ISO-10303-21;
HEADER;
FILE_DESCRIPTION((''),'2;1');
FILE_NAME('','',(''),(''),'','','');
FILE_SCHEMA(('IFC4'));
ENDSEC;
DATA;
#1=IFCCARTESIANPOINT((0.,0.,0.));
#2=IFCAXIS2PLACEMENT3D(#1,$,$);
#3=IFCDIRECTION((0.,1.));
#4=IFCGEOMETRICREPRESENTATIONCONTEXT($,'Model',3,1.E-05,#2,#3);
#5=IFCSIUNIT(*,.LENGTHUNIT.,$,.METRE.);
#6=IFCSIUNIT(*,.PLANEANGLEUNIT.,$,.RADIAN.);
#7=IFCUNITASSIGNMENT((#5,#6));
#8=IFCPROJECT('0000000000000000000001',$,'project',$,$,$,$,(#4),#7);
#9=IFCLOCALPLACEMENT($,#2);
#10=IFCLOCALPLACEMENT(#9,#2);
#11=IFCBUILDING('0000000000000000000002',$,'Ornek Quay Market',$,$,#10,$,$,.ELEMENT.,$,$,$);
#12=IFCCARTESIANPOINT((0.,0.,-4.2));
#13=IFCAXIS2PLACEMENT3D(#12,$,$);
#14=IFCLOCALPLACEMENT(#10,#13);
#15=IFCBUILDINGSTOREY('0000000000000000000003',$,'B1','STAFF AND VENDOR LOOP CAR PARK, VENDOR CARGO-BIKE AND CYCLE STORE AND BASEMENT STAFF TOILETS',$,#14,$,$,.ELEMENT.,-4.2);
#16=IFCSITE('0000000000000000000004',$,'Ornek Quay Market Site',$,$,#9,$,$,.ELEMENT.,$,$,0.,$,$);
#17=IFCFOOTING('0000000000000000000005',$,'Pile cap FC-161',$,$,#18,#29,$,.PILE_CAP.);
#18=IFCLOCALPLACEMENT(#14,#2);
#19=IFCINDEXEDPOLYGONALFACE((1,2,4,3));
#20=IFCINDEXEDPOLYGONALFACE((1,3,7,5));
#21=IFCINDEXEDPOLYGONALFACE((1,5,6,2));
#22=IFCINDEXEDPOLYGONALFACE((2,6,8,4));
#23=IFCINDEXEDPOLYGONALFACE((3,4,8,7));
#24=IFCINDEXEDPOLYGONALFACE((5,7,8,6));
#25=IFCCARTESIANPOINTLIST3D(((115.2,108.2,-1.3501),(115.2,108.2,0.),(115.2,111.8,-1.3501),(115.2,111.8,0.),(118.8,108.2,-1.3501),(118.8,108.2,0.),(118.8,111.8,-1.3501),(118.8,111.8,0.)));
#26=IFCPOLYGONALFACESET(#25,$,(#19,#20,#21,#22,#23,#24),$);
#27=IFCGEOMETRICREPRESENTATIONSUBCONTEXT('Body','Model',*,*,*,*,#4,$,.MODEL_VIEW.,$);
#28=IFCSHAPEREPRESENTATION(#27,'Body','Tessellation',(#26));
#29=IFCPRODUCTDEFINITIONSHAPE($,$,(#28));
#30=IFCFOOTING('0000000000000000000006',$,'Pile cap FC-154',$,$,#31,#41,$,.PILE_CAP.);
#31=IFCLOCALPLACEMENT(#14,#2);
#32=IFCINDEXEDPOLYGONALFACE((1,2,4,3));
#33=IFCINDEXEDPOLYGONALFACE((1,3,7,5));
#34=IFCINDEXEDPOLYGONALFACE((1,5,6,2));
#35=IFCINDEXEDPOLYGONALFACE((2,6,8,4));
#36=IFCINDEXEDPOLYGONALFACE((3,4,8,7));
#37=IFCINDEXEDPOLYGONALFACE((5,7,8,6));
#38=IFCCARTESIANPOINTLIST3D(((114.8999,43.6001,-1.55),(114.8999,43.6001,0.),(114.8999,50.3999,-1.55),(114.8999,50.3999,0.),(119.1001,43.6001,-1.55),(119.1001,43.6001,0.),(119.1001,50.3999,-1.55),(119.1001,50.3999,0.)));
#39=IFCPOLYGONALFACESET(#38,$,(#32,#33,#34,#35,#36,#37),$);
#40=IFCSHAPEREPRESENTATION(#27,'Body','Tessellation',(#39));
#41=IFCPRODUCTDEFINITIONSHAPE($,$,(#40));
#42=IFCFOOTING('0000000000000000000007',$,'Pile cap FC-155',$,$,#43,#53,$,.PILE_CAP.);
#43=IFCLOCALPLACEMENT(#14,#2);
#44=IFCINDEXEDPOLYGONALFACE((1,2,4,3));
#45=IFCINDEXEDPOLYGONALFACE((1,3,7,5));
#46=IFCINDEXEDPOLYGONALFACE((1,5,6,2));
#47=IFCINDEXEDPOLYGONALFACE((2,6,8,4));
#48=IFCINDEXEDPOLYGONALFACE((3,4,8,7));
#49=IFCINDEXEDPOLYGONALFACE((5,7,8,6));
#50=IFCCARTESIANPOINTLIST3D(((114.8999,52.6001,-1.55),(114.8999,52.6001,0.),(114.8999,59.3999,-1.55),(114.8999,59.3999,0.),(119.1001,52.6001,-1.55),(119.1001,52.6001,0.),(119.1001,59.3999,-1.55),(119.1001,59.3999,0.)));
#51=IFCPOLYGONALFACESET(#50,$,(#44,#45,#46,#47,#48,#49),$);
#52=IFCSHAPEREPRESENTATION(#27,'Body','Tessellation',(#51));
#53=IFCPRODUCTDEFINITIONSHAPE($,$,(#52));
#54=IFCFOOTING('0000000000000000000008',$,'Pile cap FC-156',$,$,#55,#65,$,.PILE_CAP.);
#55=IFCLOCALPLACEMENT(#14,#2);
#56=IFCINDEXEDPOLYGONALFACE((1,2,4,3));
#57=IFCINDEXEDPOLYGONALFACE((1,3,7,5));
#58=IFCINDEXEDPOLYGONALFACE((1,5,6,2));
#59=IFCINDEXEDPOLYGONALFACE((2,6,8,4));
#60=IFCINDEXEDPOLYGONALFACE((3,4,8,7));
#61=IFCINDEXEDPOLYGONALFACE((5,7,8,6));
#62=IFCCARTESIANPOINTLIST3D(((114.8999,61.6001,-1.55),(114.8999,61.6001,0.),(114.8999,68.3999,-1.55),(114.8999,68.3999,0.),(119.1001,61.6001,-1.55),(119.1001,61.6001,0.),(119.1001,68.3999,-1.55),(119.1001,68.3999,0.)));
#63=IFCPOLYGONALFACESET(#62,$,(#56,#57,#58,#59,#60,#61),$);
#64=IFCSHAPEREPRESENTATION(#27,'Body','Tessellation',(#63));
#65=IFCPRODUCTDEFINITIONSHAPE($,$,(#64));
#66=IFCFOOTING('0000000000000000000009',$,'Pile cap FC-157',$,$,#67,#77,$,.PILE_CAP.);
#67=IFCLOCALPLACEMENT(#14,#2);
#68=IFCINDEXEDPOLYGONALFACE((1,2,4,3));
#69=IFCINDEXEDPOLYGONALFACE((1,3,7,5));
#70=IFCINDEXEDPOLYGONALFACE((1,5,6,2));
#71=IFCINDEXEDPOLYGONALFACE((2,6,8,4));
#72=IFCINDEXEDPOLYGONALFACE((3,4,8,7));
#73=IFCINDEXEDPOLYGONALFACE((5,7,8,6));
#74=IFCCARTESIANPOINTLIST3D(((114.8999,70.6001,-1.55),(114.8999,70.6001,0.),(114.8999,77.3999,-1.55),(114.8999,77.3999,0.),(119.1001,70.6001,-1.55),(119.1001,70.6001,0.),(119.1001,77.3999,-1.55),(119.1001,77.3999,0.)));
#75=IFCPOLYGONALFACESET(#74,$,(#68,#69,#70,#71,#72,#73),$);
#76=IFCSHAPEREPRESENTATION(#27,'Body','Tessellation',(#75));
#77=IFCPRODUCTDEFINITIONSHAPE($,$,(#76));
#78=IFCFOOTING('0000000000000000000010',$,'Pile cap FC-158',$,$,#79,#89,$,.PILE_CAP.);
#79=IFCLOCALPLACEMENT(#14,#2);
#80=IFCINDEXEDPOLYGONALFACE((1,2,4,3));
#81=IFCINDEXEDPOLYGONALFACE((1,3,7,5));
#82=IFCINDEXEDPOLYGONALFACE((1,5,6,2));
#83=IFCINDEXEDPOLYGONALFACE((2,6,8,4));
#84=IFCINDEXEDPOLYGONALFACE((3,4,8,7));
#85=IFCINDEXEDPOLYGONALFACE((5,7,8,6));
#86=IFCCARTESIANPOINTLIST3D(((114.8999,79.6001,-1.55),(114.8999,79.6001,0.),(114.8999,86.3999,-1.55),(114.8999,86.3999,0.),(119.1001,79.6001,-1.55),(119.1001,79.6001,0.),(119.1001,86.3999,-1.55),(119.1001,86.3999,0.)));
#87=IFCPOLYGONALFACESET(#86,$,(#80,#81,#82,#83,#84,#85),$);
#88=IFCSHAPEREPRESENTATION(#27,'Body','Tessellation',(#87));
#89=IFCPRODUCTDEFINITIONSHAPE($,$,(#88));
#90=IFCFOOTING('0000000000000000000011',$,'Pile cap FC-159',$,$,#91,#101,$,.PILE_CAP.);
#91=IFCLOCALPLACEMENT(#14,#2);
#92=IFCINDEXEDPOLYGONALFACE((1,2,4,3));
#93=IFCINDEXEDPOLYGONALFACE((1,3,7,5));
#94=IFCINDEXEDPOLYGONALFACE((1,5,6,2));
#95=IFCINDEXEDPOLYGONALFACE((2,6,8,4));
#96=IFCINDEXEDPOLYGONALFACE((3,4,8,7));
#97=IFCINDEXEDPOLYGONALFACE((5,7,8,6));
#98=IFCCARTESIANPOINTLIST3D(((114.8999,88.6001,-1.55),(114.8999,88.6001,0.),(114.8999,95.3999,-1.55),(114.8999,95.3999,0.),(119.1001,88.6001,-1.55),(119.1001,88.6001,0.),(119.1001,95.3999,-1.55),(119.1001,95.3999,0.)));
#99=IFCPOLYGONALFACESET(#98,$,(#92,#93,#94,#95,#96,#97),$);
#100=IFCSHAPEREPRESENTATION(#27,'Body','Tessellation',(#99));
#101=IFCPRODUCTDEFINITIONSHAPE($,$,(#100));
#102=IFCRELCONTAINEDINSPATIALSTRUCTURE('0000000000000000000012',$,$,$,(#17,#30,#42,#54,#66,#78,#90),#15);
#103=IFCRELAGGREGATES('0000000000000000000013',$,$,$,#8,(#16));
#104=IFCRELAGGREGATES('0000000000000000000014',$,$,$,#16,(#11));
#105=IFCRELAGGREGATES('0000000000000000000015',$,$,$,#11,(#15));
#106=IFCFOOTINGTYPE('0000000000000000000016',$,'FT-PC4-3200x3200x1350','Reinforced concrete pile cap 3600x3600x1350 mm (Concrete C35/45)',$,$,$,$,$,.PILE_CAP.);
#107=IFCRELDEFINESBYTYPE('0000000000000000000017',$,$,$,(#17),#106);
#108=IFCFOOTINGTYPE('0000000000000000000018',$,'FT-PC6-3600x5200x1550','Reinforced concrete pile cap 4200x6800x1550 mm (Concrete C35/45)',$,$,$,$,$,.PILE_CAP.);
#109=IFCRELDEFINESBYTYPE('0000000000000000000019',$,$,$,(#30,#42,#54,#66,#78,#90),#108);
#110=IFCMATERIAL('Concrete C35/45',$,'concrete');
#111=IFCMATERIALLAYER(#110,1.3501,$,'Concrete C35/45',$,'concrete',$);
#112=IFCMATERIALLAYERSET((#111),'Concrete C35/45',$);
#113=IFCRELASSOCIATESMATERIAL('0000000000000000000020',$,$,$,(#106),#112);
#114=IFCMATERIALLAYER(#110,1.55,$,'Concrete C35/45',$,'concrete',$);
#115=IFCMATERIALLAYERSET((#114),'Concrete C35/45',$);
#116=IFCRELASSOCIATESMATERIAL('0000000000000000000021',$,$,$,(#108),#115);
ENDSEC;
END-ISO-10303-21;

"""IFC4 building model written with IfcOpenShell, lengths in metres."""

from ifc_helpers import new_model, si_unit, direction, frame, origin, place, context, subcontext, project, spatial, polyline, outline, extrude, material, layer, layer_set, type_object, element, save


model = new_model("IFC4")

# Units and contexts
model_context = context("Model", 3, precision=1e-05, world=origin(), true_north=direction((0.0, 1.0)))
body_context = subcontext(model_context, "Body", "Model", "MODEL_VIEW")
ifc_project = project(units=[si_unit("LENGTHUNIT", "METRE"), si_unit("PLANEANGLEUNIT", "RADIAN")], contexts=[model_context])

# Site, building, storey
site_placement = place(None, origin())
site = spatial("IfcSite", under=ifc_project, at=site_placement, Name="Ornek Quay Market Site", CompositionType="ELEMENT", RefElevation=0.0)
building_placement = place(site_placement, origin())
building = spatial("IfcBuilding", under=site, at=building_placement, Name="Ornek Quay Market", CompositionType="ELEMENT")
storey_placement = place(building_placement, frame((0.0, 0.0, -4.2)))
storey = spatial("IfcBuildingStorey", under=building, at=storey_placement, Name="B1", Description="STAFF AND VENDOR LOOP CAR PARK, VENDOR CARGO-BIKE AND CYCLE STORE AND BASEMENT STAFF TOILETS", CompositionType="ELEMENT", Elevation=-4.2)

# Footings
ifc_material = material(Name="Concrete C35/45", Category="concrete")
ifc_layer_1 = layer(ifc_material, 1.3501, Name="Concrete C35/45", Category="concrete")
ifc_layer_set_1 = layer_set([ifc_layer_1], Name="Concrete C35/45")
footing_type_1 = type_object("IfcFootingType", Name="FT-PC4-3200x3200x1350", Description="Reinforced concrete pile cap 3600x3600x1350 mm (Concrete C35/45)", PredefinedType="PILE_CAP", material=ifc_layer_set_1)
footing_1_placement = place(storey_placement, frame((0.0, 0.0, -1.3501)))
element("IfcFooting", 1, at=footing_1_placement, inside=storey, type_object=footing_type_1, Name="Pile cap FC-161", PredefinedType="PILE_CAP", context=body_context, shape_type="SweptSolid", body=[
    extrude(outline(polyline([(115.2, 108.2), (118.8, 108.2), (118.8, 111.8), (115.2, 111.8), (115.2, 108.2)])), origin(), (0.0, 0.0, 1.0), 1.3501),
])
ifc_layer_2 = layer(ifc_material, 1.55, Name="Concrete C35/45", Category="concrete")
ifc_layer_set_2 = layer_set([ifc_layer_2], Name="Concrete C35/45")
footing_type_2 = type_object("IfcFootingType", Name="FT-PC6-3600x5200x1550", Description="Reinforced concrete pile cap 4200x6800x1550 mm (Concrete C35/45)", PredefinedType="PILE_CAP", material=ifc_layer_set_2)
footing_2_placement = place(storey_placement, frame((0.0, 0.0, -1.55)))
element("IfcFooting", 2, at=footing_2_placement, inside=storey, type_object=footing_type_2, Name="Pile cap FC-154", PredefinedType="PILE_CAP", context=body_context, shape_type="SweptSolid", body=[
    extrude(outline(polyline([(114.8999, 43.6001), (119.1001, 43.6001), (119.1001, 50.3999), (114.8999, 50.3999), (114.8999, 43.6001)])), origin(), (0.0, 0.0, 1.0), 1.55),
])
footing_3_placement = place(storey_placement, frame((0.0, 0.0, -1.55)))
element("IfcFooting", 3, at=footing_3_placement, inside=storey, type_object=footing_type_2, Name="Pile cap FC-155", PredefinedType="PILE_CAP", context=body_context, shape_type="SweptSolid", body=[
    extrude(outline(polyline([(114.8999, 52.6001), (119.1001, 52.6001), (119.1001, 59.3999), (114.8999, 59.3999), (114.8999, 52.6001)])), origin(), (0.0, 0.0, 1.0), 1.55),
])
footing_4_placement = place(storey_placement, frame((0.0, 0.0, -1.55)))
element("IfcFooting", 4, at=footing_4_placement, inside=storey, type_object=footing_type_2, Name="Pile cap FC-156", PredefinedType="PILE_CAP", context=body_context, shape_type="SweptSolid", body=[
    extrude(outline(polyline([(114.8999, 61.6001), (119.1001, 61.6001), (119.1001, 68.3999), (114.8999, 68.3999), (114.8999, 61.6001)])), origin(), (0.0, 0.0, 1.0), 1.55),
])
footing_5_placement = place(storey_placement, frame((0.0, 0.0, -1.55)))
element("IfcFooting", 5, at=footing_5_placement, inside=storey, type_object=footing_type_2, Name="Pile cap FC-157", PredefinedType="PILE_CAP", context=body_context, shape_type="SweptSolid", body=[
    extrude(outline(polyline([(114.8999, 70.6001), (119.1001, 70.6001), (119.1001, 77.3999), (114.8999, 77.3999), (114.8999, 70.6001)])), origin(), (0.0, 0.0, 1.0), 1.55),
])
footing_6_placement = place(storey_placement, frame((0.0, 0.0, -1.55)))
element("IfcFooting", 6, at=footing_6_placement, inside=storey, type_object=footing_type_2, Name="Pile cap FC-158", PredefinedType="PILE_CAP", context=body_context, shape_type="SweptSolid", body=[
    extrude(outline(polyline([(114.8999, 79.6001), (119.1001, 79.6001), (119.1001, 86.3999), (114.8999, 86.3999), (114.8999, 79.6001)])), origin(), (0.0, 0.0, 1.0), 1.55),
])
footing_7_placement = place(storey_placement, frame((0.0, 0.0, -1.55)))
element("IfcFooting", 7, at=footing_7_placement, inside=storey, type_object=footing_type_2, Name="Pile cap FC-159", PredefinedType="PILE_CAP", context=body_context, shape_type="SweptSolid", body=[
    extrude(outline(polyline([(114.8999, 88.6001), (119.1001, 88.6001), (119.1001, 95.3999), (114.8999, 95.3999), (114.8999, 88.6001)])), origin(), (0.0, 0.0, 1.0), 1.55),
])

save(model, "model.ifc")
